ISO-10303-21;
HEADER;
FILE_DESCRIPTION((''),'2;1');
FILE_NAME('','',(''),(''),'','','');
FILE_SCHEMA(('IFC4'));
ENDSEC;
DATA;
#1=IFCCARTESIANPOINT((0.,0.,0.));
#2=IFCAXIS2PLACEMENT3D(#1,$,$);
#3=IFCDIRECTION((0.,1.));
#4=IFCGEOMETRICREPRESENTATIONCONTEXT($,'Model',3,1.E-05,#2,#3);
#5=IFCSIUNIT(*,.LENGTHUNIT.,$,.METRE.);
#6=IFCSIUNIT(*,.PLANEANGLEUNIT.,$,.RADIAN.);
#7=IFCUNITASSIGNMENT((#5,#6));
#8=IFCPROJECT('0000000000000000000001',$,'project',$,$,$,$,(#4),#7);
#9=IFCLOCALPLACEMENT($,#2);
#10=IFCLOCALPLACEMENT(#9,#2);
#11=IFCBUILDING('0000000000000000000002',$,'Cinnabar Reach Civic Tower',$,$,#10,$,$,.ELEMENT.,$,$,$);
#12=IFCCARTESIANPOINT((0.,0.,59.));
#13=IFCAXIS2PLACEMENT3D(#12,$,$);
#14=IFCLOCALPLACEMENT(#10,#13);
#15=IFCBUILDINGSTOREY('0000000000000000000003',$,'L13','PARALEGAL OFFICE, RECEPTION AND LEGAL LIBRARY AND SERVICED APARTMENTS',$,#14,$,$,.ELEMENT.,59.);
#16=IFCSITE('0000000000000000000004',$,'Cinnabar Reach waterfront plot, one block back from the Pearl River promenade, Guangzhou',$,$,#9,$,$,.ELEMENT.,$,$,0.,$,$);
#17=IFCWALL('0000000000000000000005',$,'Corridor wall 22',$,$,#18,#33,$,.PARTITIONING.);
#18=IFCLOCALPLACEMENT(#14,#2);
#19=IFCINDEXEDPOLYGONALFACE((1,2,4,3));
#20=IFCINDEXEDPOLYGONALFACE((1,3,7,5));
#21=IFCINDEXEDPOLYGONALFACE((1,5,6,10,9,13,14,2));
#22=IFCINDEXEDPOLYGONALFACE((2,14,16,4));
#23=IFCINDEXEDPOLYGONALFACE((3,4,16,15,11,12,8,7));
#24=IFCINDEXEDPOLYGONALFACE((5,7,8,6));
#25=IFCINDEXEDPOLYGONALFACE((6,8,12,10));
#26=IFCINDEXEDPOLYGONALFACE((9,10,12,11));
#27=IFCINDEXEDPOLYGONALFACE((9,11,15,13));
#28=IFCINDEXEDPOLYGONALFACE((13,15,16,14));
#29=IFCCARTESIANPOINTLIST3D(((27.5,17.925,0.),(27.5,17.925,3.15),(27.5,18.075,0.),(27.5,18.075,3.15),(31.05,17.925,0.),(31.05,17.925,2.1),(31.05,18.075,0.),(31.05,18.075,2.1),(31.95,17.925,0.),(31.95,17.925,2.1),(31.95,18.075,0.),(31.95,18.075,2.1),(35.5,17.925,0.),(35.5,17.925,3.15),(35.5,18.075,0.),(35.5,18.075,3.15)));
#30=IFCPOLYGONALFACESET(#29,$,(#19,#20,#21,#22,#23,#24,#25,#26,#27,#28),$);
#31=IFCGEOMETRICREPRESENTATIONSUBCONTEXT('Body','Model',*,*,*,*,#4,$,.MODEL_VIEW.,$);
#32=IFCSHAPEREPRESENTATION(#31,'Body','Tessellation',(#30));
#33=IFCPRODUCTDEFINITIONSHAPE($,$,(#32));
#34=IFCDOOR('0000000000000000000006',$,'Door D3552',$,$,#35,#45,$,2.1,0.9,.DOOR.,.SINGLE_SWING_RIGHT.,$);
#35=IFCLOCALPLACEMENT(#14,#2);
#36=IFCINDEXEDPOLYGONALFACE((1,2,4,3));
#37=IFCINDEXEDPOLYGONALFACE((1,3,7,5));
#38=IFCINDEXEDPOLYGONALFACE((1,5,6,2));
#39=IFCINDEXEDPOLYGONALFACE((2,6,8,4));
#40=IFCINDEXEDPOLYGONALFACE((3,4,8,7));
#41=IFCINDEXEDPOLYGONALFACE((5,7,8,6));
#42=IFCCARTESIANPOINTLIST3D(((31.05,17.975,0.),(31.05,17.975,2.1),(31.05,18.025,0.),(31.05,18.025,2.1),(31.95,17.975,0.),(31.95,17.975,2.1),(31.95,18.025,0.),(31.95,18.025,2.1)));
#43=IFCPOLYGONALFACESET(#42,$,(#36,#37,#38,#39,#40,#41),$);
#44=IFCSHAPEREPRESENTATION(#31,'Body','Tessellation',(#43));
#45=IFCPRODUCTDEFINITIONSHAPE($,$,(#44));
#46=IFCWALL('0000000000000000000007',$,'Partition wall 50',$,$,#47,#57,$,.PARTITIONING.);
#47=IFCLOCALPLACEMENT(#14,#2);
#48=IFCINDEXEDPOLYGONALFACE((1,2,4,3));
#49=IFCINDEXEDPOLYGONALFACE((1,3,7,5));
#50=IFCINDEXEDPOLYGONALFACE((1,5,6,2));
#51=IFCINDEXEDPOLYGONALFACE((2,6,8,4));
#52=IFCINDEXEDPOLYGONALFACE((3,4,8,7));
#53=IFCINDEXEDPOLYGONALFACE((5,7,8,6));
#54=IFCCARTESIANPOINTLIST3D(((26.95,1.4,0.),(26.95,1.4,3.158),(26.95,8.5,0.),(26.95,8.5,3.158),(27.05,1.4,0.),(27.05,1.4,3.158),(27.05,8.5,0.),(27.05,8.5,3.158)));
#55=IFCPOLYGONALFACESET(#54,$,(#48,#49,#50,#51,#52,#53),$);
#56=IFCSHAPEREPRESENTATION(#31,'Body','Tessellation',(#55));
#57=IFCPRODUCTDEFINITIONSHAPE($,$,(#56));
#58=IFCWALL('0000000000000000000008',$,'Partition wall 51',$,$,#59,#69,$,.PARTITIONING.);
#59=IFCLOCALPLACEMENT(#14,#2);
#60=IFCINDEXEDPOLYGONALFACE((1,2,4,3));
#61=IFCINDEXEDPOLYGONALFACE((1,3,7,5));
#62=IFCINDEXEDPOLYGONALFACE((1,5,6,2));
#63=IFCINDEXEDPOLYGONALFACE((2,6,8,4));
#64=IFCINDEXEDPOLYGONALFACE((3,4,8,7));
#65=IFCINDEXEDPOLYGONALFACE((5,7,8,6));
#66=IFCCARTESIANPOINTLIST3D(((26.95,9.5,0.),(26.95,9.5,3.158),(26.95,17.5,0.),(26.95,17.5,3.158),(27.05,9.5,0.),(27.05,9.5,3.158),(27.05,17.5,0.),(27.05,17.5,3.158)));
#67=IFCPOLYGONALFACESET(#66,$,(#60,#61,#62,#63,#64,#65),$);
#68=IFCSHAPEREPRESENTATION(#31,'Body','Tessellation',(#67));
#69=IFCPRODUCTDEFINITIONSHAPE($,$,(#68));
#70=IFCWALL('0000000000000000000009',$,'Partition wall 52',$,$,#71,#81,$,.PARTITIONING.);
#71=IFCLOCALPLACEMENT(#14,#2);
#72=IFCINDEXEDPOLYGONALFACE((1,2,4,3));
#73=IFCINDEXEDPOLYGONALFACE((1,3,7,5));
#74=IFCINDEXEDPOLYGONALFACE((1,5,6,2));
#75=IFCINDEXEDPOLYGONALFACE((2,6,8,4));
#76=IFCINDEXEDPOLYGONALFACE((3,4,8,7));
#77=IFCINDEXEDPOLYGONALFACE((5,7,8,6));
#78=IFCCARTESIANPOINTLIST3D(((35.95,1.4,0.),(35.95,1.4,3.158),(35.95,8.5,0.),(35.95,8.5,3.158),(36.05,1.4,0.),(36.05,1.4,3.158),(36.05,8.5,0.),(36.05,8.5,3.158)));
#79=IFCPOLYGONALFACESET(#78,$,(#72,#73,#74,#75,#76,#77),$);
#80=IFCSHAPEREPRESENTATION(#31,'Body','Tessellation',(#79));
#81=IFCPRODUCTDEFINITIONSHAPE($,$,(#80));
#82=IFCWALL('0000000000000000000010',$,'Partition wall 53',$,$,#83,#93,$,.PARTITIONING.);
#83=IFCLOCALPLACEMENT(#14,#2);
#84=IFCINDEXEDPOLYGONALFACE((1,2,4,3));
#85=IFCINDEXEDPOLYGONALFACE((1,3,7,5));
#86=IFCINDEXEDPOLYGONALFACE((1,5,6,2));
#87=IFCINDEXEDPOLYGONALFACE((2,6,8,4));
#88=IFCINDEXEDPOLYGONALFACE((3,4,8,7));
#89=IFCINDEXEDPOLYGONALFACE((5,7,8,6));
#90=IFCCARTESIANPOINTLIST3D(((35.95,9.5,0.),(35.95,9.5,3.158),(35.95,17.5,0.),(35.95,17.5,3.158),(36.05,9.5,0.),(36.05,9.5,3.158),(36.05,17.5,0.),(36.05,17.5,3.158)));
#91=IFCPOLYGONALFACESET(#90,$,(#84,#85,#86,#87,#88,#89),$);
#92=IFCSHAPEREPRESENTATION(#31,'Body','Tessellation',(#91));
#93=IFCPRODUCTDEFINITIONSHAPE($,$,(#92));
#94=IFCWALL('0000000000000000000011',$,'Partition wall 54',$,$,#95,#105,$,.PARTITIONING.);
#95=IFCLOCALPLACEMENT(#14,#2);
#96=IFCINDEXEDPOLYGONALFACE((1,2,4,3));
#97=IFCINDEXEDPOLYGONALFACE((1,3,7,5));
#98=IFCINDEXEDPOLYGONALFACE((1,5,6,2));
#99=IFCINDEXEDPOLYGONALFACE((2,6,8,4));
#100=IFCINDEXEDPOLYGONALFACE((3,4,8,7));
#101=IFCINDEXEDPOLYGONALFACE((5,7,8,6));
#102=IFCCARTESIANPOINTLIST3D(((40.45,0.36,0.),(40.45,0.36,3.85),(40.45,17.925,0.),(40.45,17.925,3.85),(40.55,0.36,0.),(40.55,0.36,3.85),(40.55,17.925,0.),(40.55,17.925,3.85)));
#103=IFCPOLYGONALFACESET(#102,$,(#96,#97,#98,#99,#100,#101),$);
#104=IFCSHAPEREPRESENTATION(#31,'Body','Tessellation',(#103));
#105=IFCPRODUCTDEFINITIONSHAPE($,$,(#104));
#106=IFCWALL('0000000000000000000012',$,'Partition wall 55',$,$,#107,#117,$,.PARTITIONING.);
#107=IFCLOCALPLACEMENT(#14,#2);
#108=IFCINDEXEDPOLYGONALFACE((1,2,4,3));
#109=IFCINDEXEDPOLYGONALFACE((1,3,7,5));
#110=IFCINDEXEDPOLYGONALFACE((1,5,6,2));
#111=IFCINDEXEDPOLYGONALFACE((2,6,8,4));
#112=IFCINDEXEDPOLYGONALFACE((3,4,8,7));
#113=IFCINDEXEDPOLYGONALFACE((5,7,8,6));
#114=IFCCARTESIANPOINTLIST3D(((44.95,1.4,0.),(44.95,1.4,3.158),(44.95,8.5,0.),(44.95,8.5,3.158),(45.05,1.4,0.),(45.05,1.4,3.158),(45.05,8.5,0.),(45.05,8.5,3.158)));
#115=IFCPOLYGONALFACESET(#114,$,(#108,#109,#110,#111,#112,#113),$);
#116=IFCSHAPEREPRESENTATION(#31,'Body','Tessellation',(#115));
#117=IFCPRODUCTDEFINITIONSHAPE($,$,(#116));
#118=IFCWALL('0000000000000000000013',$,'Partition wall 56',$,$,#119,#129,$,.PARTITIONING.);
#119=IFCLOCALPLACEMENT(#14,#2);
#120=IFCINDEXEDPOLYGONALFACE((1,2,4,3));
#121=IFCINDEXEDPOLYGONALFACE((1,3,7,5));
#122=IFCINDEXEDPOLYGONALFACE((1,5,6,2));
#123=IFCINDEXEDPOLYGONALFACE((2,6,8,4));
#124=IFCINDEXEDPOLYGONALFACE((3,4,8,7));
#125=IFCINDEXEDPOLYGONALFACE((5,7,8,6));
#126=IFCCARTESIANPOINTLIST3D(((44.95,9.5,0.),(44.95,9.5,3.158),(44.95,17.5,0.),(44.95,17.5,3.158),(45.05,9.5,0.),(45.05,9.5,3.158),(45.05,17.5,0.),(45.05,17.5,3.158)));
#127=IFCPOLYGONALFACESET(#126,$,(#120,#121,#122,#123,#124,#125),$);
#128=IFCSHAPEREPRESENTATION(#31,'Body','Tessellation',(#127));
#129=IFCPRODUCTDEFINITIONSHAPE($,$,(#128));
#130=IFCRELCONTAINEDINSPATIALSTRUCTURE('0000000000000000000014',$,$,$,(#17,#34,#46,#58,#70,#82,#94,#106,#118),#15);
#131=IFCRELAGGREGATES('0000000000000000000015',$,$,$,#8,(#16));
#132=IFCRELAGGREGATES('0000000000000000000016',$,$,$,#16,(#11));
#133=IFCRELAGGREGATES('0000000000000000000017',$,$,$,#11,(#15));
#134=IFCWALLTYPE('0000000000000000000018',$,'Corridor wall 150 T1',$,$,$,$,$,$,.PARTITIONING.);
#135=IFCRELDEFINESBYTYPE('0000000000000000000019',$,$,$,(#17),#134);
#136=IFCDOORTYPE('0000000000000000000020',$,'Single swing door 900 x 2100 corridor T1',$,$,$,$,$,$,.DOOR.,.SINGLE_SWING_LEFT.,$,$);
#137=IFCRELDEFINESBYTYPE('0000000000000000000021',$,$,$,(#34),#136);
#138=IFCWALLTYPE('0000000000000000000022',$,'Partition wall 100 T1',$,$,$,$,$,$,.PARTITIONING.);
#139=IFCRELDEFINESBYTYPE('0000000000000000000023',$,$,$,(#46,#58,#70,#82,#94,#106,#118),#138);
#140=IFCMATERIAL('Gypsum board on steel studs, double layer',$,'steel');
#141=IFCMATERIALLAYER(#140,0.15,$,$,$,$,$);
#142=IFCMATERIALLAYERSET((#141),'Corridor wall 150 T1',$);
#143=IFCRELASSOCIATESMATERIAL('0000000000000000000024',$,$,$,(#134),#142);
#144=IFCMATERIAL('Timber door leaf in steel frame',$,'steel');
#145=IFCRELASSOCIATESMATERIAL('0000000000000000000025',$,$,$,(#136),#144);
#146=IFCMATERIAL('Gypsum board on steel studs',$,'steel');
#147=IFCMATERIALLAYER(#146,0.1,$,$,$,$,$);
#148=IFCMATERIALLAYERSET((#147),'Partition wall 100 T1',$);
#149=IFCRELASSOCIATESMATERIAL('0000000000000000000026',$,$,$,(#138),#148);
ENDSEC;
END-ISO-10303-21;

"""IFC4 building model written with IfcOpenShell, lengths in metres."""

from ifc_helpers import new_model, si_unit, direction, frame, frame_2d, origin, place, context, subcontext, project, spatial, rectangle, extrude, material, layer, layer_set, type_object, element, fill, save


model = new_model("IFC4")

# Units and contexts
model_context = context("Model", 3, precision=1e-05, world=origin(), true_north=direction((0.0, 1.0)))
body_context = subcontext(model_context, "Body", "Model", "MODEL_VIEW")
ifc_project = project(units=[si_unit("LENGTHUNIT", "METRE"), si_unit("PLANEANGLEUNIT", "RADIAN")], contexts=[model_context])

# Site, building, storey
site_placement = place(None, origin())
site = spatial("IfcSite", under=ifc_project, at=site_placement, Name="Cinnabar Reach waterfront plot, one block back from the Pearl River promenade, Guangzhou", CompositionType="ELEMENT", RefElevation=0.0)
building_placement = place(site_placement, origin())
building = spatial("IfcBuilding", under=site, at=building_placement, Name="Cinnabar Reach Civic Tower", CompositionType="ELEMENT")
storey_placement = place(building_placement, frame((0.0, 0.0, 59.0)))
storey = spatial("IfcBuildingStorey", under=building, at=storey_placement, Name="L13", Description="PARALEGAL OFFICE, RECEPTION AND LEGAL LIBRARY AND SERVICED APARTMENTS", CompositionType="ELEMENT", Elevation=59.0)

# Shared definitions
ifc_material_1 = material(Name="Gypsum board on steel studs, double layer", Category="steel")
ifc_layer_1 = layer(ifc_material_1, 0.15)
ifc_layer_set_1 = layer_set([ifc_layer_1], Name="Corridor wall 150 T1")
wall_type_1 = type_object("IfcWallType", Name="Corridor wall 150 T1", PredefinedType="PARTITIONING", material=ifc_layer_set_1)
ifc_material_2 = material(Name="Timber door leaf in steel frame", Category="steel")
door_type = type_object("IfcDoorType", Name="Single swing door 900 x 2100 corridor T1", OperationType="SINGLE_SWING_LEFT", PredefinedType="DOOR", material=ifc_material_2)

# Wall, opening, door
wall_1_placement = place(storey_placement, frame((27.5, 18.0, 0.0), z_axis=(0.0, 0.0, 1.0), x_axis=(1.0, 0.0, 0.0)))
wall_1 = element("IfcWall", 1, at=wall_1_placement, inside=storey, type_object=wall_type_1, Name="Corridor wall 22", PredefinedType="PARTITIONING", context=body_context, shape_type="SweptSolid", body=[
    extrude(rectangle(XDim=8.0, YDim=0.15, at=frame_2d((4.0, 0.0))), origin(), (0.0, 0.0, 1.0), 3.15),
])
opening_1_placement = place(wall_1_placement, frame((3.55, 0.0, 0.0)))
opening_1 = element("IfcOpeningElement", 2, at=opening_1_placement, cuts=wall_1, PredefinedType="OPENING", context=body_context, shape_type="SweptSolid", body=[
    extrude(rectangle(XDim=0.9, YDim=2.1, at=frame_2d((0.45, 1.05))), frame((0.0, 0.085, 0.0), z_axis=(0.0, -1.0, 0.0), x_axis=(1.0, 0.0, 0.0)), (0.0, 0.0, 1.0), 0.17),
])
door_1_placement = place(opening_1_placement, frame((0.9, 0.0, 0.0), z_axis=(0.0, 0.0, 1.0), x_axis=(-1.0, 0.0, 0.0)))
door_1 = element("IfcDoor", 3, at=door_1_placement, inside=storey, type_object=door_type, Name="Door D3552", OperationType="SINGLE_SWING_RIGHT", OverallHeight=2.1, OverallWidth=0.9, PredefinedType="DOOR", context=body_context, shape_type="SweptSolid", body=[
    extrude(rectangle(XDim=0.9, YDim=2.1, at=frame_2d((0.45, 1.05))), frame((0.0, 0.025, 0.0), z_axis=(0.0, -1.0, 0.0), x_axis=(1.0, 0.0, 0.0)), (0.0, 0.0, 1.0), 0.05),
])
fill(opening_1, door_1)

# Walls
ifc_material_3 = material(Name="Gypsum board on steel studs", Category="steel")
ifc_layer_2 = layer(ifc_material_3, 0.1)
ifc_layer_set_2 = layer_set([ifc_layer_2], Name="Partition wall 100 T1")
wall_type_2 = type_object("IfcWallType", Name="Partition wall 100 T1", PredefinedType="PARTITIONING", material=ifc_layer_set_2)
wall_2_placement = place(storey_placement, frame((27.0, 1.4, 0.0), z_axis=(0.0, 0.0, 1.0), x_axis=(0.0, 1.0, 0.0)))
element("IfcWall", 4, at=wall_2_placement, inside=storey, type_object=wall_type_2, Name="Partition wall 50", PredefinedType="PARTITIONING", context=body_context, shape_type="SweptSolid", body=[
    extrude(rectangle(XDim=7.1, YDim=0.1, at=frame_2d((3.55, 0.0))), origin(), (0.0, 0.0, 1.0), 3.158),
])
wall_3_placement = place(storey_placement, frame((27.0, 9.5, 0.0), z_axis=(0.0, 0.0, 1.0), x_axis=(0.0, 1.0, 0.0)))
element("IfcWall", 5, at=wall_3_placement, inside=storey, type_object=wall_type_2, Name="Partition wall 51", PredefinedType="PARTITIONING", context=body_context, shape_type="SweptSolid", body=[
    extrude(rectangle(XDim=8.0, YDim=0.1, at=frame_2d((4.0, 0.0))), origin(), (0.0, 0.0, 1.0), 3.158),
])
wall_4_placement = place(storey_placement, frame((36.0, 1.4, 0.0), z_axis=(0.0, 0.0, 1.0), x_axis=(0.0, 1.0, 0.0)))
element("IfcWall", 6, at=wall_4_placement, inside=storey, type_object=wall_type_2, Name="Partition wall 52", PredefinedType="PARTITIONING", context=body_context, shape_type="SweptSolid", body=[
    extrude(rectangle(XDim=7.1, YDim=0.1, at=frame_2d((3.55, 0.0))), origin(), (0.0, 0.0, 1.0), 3.158),
])
wall_5_placement = place(storey_placement, frame((36.0, 9.5, 0.0), z_axis=(0.0, 0.0, 1.0), x_axis=(0.0, 1.0, 0.0)))
element("IfcWall", 7, at=wall_5_placement, inside=storey, type_object=wall_type_2, Name="Partition wall 53", PredefinedType="PARTITIONING", context=body_context, shape_type="SweptSolid", body=[
    extrude(rectangle(XDim=8.0, YDim=0.1, at=frame_2d((4.0, 0.0))), origin(), (0.0, 0.0, 1.0), 3.158),
])
wall_6_placement = place(storey_placement, frame((40.5, 0.36, 0.0), z_axis=(0.0, 0.0, 1.0), x_axis=(0.0, 1.0, 0.0)))
element("IfcWall", 8, at=wall_6_placement, inside=storey, type_object=wall_type_2, Name="Partition wall 54", PredefinedType="PARTITIONING", context=body_context, shape_type="SweptSolid", body=[
    extrude(rectangle(XDim=17.565, YDim=0.1, at=frame_2d((8.7825, 0.0))), origin(), (0.0, 0.0, 1.0), 3.85),
])
wall_7_placement = place(storey_placement, frame((45.0, 1.4, 0.0), z_axis=(0.0, 0.0, 1.0), x_axis=(0.0, 1.0, 0.0)))
element("IfcWall", 9, at=wall_7_placement, inside=storey, type_object=wall_type_2, Name="Partition wall 55", PredefinedType="PARTITIONING", context=body_context, shape_type="SweptSolid", body=[
    extrude(rectangle(XDim=7.1, YDim=0.1, at=frame_2d((3.55, 0.0))), origin(), (0.0, 0.0, 1.0), 3.158),
])
wall_8_placement = place(storey_placement, frame((45.0, 9.5, 0.0), z_axis=(0.0, 0.0, 1.0), x_axis=(0.0, 1.0, 0.0)))
element("IfcWall", 10, at=wall_8_placement, inside=storey, type_object=wall_type_2, Name="Partition wall 56", PredefinedType="PARTITIONING", context=body_context, shape_type="SweptSolid", body=[
    extrude(rectangle(XDim=8.0, YDim=0.1, at=frame_2d((4.0, 0.0))), origin(), (0.0, 0.0, 1.0), 3.158),
])

save(model, "model.ifc")
